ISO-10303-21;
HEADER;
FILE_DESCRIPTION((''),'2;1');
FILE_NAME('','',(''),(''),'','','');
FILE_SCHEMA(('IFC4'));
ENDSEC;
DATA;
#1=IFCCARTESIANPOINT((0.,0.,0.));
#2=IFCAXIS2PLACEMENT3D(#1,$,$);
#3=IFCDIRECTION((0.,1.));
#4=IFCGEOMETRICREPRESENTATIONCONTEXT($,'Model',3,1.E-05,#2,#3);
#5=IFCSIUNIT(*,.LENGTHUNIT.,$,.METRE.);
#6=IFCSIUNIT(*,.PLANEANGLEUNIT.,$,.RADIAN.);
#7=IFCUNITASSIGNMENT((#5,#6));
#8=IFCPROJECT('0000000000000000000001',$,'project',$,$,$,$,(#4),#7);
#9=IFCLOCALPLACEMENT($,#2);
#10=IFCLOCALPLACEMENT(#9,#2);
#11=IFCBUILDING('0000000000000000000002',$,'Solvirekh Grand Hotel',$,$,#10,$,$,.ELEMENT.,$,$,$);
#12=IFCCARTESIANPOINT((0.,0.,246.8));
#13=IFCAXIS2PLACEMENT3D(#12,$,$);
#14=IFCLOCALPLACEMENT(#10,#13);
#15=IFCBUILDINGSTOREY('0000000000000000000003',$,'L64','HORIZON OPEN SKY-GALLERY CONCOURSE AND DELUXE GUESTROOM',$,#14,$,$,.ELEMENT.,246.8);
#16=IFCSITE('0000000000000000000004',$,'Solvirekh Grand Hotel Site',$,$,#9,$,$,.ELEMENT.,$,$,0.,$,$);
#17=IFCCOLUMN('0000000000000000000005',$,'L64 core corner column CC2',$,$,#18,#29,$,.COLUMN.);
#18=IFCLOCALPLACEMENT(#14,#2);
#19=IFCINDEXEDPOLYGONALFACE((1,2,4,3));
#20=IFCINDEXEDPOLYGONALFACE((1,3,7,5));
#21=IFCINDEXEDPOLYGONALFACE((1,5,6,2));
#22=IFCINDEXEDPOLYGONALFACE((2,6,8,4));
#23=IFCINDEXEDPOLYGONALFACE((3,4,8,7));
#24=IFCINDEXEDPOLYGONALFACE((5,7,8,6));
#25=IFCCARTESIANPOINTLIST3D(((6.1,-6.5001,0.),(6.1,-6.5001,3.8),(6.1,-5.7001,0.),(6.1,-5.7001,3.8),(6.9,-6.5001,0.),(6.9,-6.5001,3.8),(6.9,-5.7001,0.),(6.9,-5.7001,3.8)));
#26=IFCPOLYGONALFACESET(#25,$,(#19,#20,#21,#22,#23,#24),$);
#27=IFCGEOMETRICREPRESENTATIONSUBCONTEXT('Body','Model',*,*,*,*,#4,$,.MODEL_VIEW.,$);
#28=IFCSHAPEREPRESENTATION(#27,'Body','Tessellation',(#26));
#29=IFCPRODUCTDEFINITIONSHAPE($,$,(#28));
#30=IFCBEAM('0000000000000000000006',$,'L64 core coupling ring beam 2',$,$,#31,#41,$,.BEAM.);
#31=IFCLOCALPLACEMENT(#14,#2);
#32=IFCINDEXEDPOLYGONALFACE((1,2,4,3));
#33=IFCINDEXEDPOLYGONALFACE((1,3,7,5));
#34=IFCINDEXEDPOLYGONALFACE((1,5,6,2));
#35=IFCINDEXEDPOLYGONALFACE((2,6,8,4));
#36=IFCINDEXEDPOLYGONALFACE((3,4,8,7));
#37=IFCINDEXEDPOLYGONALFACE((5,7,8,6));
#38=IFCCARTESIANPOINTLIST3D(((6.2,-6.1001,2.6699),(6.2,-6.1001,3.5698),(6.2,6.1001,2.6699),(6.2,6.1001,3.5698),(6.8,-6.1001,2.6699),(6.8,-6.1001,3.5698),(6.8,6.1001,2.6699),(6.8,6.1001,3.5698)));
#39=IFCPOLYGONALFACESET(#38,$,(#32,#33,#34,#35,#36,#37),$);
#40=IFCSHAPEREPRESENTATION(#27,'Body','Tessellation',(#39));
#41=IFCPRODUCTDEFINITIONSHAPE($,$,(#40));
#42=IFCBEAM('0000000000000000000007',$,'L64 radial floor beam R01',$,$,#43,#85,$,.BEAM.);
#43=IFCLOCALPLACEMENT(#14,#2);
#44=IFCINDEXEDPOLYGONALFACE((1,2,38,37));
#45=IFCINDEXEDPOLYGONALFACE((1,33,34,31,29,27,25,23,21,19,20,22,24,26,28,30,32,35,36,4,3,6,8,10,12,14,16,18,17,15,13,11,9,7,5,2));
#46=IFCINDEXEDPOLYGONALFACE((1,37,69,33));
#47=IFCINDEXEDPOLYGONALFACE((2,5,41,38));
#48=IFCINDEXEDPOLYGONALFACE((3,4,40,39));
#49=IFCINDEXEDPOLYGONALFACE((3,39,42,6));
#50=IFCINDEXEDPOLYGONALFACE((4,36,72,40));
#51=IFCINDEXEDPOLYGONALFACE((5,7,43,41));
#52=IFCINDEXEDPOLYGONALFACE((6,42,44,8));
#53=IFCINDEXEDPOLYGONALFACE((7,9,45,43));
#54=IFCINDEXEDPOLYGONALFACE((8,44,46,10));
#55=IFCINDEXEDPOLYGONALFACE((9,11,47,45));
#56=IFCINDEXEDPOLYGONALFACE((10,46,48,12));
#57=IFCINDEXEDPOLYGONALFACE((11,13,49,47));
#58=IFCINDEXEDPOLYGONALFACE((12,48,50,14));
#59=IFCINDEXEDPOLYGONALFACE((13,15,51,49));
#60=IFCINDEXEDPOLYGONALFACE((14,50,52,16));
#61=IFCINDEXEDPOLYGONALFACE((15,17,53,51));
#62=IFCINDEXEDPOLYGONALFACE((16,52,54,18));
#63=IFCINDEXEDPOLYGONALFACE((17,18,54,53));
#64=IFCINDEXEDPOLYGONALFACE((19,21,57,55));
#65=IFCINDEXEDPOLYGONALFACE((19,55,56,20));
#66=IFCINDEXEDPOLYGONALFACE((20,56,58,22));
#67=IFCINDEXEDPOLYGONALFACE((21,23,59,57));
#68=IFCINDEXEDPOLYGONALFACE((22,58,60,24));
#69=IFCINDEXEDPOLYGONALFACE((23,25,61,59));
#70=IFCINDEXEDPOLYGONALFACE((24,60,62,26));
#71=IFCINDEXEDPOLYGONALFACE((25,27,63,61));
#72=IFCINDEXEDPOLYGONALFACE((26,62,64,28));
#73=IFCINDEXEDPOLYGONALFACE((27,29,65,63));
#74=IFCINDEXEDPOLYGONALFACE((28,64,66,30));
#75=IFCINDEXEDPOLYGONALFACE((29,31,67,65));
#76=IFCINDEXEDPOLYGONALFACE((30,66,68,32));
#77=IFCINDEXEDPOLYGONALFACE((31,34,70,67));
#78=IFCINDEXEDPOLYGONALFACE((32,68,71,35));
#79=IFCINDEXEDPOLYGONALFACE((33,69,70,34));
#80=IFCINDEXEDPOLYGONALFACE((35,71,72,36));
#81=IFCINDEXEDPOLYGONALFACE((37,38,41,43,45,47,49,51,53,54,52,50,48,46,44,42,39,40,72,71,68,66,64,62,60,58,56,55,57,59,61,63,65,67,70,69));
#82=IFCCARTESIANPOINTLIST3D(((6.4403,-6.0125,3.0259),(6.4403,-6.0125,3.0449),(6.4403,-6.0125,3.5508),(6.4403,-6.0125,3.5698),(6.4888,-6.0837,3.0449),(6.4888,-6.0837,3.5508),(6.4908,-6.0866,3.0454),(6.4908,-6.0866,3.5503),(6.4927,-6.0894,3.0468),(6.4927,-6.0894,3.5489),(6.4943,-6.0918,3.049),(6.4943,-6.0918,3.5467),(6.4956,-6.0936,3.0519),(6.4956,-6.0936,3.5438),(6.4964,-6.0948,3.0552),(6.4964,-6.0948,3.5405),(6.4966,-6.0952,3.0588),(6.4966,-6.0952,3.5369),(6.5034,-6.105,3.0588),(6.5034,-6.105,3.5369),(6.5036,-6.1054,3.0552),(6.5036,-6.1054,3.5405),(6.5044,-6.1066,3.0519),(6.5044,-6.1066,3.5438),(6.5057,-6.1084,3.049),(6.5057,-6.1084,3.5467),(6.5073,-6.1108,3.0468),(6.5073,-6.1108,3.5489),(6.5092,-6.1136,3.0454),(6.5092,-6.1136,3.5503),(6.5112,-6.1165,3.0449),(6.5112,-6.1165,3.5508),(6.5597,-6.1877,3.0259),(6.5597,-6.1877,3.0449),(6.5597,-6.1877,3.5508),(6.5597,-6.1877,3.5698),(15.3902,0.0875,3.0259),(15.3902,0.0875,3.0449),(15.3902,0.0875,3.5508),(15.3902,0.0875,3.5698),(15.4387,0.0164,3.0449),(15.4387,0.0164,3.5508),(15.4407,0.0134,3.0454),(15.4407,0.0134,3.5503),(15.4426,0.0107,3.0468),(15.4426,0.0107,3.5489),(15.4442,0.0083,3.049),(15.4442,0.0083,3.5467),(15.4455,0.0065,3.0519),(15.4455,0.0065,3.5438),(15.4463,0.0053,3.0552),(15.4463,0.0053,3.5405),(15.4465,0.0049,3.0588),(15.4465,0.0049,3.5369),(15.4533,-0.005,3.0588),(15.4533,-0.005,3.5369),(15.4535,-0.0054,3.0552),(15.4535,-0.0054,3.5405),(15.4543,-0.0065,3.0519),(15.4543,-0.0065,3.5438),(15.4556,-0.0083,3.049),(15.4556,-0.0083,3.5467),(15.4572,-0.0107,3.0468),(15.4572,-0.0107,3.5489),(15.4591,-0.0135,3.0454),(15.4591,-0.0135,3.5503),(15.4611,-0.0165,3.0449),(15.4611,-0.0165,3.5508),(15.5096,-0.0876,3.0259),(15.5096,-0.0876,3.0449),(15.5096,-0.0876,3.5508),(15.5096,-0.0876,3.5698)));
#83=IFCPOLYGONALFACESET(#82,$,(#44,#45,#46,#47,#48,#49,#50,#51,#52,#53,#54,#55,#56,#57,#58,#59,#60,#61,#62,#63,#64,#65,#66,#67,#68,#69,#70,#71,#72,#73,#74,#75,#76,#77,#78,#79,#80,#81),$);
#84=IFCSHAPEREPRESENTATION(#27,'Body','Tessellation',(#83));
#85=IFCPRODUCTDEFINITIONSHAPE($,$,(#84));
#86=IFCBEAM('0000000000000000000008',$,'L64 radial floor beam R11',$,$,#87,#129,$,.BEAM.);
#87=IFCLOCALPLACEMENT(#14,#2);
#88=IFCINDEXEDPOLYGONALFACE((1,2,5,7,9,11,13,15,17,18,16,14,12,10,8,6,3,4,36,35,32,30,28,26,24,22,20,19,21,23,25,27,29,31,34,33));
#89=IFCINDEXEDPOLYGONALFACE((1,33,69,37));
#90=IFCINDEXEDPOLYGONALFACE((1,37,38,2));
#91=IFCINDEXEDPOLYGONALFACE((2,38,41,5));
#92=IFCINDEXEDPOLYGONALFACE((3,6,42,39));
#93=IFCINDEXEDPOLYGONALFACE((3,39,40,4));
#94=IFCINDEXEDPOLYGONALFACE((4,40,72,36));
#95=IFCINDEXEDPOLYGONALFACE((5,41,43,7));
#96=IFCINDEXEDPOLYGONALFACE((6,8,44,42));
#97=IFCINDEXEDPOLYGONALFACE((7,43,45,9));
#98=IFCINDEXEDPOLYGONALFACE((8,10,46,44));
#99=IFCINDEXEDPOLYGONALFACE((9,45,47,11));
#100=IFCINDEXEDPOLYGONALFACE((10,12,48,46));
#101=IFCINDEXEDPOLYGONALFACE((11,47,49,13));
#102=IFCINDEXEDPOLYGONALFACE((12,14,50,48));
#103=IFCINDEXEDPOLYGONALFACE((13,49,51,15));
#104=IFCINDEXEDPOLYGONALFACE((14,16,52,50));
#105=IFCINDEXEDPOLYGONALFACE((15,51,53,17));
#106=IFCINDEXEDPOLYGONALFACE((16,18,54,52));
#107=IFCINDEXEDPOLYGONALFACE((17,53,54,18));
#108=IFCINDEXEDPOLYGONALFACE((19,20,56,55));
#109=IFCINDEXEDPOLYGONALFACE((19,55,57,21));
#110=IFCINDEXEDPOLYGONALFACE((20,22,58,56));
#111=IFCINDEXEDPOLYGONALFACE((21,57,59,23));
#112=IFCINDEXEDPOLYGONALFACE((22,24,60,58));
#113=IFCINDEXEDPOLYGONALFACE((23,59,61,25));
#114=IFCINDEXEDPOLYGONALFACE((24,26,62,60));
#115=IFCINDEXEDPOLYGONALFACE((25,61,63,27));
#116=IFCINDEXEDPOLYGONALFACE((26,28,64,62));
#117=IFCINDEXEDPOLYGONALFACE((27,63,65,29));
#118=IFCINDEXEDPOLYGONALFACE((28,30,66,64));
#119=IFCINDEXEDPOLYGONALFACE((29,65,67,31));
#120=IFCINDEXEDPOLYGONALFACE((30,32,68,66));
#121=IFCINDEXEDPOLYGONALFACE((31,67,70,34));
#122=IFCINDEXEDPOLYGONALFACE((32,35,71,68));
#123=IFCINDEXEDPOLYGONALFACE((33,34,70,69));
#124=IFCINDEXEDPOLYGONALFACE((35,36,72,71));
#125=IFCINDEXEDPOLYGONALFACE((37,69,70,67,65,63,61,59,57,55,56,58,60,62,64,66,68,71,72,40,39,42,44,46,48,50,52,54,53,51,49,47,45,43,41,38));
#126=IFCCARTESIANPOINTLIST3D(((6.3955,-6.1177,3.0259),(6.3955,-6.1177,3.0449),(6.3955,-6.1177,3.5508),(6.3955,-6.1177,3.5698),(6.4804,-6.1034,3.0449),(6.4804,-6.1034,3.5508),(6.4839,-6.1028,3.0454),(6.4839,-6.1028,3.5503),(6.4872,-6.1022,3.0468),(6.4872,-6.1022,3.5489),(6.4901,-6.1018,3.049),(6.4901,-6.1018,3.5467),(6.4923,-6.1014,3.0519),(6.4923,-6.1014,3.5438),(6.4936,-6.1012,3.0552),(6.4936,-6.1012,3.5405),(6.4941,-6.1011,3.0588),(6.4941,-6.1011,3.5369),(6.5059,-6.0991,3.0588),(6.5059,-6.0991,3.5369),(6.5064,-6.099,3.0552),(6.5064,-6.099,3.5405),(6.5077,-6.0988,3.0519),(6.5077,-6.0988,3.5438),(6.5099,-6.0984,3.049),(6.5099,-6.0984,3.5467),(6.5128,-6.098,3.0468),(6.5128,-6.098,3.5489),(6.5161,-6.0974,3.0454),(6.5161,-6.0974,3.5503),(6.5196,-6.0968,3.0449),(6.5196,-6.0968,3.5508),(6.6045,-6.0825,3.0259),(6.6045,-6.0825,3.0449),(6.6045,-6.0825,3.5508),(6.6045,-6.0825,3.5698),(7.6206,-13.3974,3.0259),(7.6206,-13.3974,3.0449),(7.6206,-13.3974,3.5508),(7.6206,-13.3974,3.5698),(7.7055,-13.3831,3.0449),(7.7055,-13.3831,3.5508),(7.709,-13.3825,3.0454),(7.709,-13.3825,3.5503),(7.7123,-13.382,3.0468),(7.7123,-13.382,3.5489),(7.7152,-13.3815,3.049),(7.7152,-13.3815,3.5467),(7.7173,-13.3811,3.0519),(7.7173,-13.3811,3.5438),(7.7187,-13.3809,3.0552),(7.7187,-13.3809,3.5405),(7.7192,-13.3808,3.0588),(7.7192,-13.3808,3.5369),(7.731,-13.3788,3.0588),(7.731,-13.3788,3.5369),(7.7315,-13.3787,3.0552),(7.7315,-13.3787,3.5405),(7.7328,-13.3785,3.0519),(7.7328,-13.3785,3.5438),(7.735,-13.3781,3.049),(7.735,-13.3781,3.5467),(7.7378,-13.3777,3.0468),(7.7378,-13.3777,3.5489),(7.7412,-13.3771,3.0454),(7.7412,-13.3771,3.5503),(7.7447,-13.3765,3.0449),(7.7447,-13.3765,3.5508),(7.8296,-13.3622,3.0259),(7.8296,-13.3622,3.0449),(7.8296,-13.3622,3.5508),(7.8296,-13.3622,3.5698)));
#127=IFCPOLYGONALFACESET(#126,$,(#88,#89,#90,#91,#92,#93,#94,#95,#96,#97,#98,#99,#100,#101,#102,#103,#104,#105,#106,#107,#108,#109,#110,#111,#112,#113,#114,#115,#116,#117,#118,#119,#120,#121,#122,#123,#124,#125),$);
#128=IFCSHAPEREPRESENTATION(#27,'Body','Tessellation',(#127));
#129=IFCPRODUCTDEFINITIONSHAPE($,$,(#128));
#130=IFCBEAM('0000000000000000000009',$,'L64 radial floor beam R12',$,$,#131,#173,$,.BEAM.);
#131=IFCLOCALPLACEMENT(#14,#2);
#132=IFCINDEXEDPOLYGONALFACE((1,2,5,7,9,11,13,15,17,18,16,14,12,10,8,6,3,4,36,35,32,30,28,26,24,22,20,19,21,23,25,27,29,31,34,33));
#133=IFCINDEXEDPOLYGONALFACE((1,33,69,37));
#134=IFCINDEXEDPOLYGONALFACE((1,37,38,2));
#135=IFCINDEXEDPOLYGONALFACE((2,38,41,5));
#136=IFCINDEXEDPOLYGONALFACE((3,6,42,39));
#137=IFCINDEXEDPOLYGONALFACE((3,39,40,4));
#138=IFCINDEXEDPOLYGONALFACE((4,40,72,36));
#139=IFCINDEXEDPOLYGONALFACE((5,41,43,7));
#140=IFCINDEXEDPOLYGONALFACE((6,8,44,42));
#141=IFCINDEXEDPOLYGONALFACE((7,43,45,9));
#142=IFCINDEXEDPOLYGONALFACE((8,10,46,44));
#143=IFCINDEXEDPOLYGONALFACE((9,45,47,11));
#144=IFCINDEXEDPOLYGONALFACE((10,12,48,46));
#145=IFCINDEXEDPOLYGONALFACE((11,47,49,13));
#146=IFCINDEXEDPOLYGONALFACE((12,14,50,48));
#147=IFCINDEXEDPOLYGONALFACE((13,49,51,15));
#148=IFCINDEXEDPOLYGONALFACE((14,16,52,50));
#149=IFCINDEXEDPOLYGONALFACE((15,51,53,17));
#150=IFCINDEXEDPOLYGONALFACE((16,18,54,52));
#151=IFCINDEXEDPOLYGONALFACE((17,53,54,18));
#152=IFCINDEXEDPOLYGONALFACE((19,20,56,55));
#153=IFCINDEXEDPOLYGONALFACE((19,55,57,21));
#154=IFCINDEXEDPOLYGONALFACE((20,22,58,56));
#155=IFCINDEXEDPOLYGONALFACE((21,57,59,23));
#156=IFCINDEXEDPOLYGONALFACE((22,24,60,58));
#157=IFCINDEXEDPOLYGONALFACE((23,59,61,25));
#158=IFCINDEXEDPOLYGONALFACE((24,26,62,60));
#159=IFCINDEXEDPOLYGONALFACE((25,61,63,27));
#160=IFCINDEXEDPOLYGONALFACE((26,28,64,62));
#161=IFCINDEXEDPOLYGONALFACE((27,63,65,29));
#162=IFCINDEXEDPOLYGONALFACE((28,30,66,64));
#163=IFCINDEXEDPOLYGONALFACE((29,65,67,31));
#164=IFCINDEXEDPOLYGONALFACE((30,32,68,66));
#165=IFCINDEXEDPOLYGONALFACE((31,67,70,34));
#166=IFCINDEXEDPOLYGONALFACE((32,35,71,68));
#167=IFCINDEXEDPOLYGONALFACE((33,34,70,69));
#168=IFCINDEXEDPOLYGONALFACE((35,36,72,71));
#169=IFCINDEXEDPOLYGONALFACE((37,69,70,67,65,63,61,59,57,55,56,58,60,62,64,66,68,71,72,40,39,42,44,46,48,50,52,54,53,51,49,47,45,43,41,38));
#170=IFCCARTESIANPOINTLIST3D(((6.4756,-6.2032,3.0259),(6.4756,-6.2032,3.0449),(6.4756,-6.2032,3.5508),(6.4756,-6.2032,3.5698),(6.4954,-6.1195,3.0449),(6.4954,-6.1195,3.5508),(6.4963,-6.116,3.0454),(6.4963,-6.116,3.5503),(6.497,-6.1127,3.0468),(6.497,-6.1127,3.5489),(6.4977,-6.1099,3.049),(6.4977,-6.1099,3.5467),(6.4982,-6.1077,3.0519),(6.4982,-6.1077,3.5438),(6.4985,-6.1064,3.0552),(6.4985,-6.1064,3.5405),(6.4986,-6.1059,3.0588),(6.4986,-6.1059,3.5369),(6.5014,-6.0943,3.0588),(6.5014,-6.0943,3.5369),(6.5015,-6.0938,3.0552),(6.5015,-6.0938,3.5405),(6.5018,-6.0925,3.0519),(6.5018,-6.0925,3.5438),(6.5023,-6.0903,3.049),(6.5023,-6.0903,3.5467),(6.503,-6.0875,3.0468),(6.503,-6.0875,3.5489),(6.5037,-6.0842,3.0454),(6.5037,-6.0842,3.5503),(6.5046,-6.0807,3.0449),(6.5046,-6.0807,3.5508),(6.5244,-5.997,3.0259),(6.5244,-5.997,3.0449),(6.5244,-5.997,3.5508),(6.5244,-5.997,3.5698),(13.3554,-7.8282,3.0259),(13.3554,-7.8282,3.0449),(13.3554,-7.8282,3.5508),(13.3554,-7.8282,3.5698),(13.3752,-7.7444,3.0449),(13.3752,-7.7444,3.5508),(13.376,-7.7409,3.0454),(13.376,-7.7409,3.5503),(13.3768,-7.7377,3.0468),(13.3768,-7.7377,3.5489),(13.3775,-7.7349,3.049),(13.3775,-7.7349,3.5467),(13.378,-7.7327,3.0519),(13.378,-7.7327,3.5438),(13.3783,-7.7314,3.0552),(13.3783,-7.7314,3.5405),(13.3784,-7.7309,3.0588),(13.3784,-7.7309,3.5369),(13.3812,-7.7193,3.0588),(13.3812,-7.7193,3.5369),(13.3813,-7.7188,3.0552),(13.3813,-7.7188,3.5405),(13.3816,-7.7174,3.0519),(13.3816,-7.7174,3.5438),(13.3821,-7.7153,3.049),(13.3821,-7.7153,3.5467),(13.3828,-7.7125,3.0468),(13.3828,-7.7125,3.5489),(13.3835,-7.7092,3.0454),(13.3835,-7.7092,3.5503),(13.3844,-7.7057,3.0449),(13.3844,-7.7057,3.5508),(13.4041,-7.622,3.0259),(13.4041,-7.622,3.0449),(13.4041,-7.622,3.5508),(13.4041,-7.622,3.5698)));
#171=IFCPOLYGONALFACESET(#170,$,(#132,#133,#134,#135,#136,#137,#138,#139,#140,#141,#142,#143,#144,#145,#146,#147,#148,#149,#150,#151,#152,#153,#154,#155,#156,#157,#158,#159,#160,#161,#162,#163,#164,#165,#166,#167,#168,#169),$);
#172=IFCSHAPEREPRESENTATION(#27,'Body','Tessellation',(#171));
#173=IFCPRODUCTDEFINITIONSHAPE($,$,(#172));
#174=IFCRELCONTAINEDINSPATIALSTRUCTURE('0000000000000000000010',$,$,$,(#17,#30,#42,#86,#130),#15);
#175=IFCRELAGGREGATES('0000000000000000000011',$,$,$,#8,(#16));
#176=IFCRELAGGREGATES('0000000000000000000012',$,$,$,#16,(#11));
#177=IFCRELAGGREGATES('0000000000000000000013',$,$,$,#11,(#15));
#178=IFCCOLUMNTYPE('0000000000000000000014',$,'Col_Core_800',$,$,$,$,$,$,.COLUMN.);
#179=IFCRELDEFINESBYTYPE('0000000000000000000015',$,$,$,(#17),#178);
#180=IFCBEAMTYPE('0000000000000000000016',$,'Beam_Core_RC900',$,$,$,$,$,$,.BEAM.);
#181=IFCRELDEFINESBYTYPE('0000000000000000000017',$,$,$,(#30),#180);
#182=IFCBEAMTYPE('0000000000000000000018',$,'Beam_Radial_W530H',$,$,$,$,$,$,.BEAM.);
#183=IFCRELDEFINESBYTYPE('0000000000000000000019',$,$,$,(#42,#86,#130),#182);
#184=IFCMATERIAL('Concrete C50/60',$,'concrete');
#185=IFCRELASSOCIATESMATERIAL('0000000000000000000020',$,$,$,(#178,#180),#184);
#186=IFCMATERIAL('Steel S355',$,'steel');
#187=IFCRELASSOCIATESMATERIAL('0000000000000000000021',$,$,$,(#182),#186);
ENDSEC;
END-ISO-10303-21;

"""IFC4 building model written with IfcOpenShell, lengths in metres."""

from ifc_helpers import new_model, si_unit, direction, frame, origin, origin_2d, place, context, subcontext, project, spatial, rectangle, i_section, extrude, material, material_profile, profile_set, type_object, element, save


model = new_model("IFC4")

# Units and contexts
model_context = context("Model", 3, precision=1e-05, world=origin(), true_north=direction((0.0, 1.0)))
body_context = subcontext(model_context, "Body", "Model", "MODEL_VIEW")
ifc_project = project(units=[si_unit("LENGTHUNIT", "METRE"), si_unit("PLANEANGLEUNIT", "RADIAN")], contexts=[model_context])

# Site, building, storey
site_placement = place(None, origin())
site = spatial("IfcSite", under=ifc_project, at=site_placement, Name="Solvirekh Grand Hotel Site", CompositionType="ELEMENT", RefElevation=0.0)
building_placement = place(site_placement, origin())
building = spatial("IfcBuilding", under=site, at=building_placement, Name="Solvirekh Grand Hotel", CompositionType="ELEMENT")
storey_placement = place(building_placement, frame((0.0, 0.0, 246.8)))
storey = spatial("IfcBuildingStorey", under=building, at=storey_placement, Name="L64", Description="HORIZON OPEN SKY-GALLERY CONCOURSE AND DELUXE GUESTROOM", CompositionType="ELEMENT", Elevation=246.8)

# Column
ifc_material_1 = material(Name="Concrete C50/60", Category="concrete")
ifc_material_profile_1 = material_profile(ifc_material_1, rectangle(XDim=0.8, YDim=0.8, at=origin_2d()), Name="RC 800X800")
ifc_profile_set_1 = profile_set([ifc_material_profile_1], Name="Concrete C50/60")
column_type = type_object("IfcColumnType", Name="Col_Core_800", PredefinedType="COLUMN", material=ifc_profile_set_1)
column_placement = place(storey_placement, frame((6.5, -6.1001, 0.0), z_axis=(0.0, 0.0, 1.0), x_axis=(1.0, 0.0, 0.0)))
element("IfcColumn", 1, at=column_placement, inside=storey, type_object=column_type, Name="L64 core corner column CC2", PredefinedType="COLUMN", context=body_context, shape_type="SweptSolid", body=[
    extrude(rectangle(XDim=0.8, YDim=0.8, at=origin_2d()), origin(), (0.0, 0.0, 1.0), 3.8),
])

# Beams
ifc_material_profile_2 = material_profile(ifc_material_1, rectangle(XDim=0.6001, YDim=0.8999, at=origin_2d()), Name="RC BEAM 600X900")
ifc_profile_set_2 = profile_set([ifc_material_profile_2], Name="Concrete C50/60")
beam_type_1 = type_object("IfcBeamType", Name="Beam_Core_RC900", PredefinedType="BEAM", material=ifc_profile_set_2)
beam_1_placement = place(storey_placement, frame((6.5, -6.1001, 3.1199), z_axis=(0.0, 1.0, 0.0), x_axis=(-1.0, 0.0, 0.0)))
element("IfcBeam", 2, at=beam_1_placement, inside=storey, type_object=beam_type_1, Name="L64 core coupling ring beam 2", PredefinedType="BEAM", context=body_context, shape_type="SweptSolid", body=[
    extrude(rectangle(XDim=0.6001, YDim=0.8999, at=origin_2d()), origin(), (0.0, 0.0, 1.0), 12.2002),
])
ifc_material_2 = material(Name="Steel S355", Category="steel")
ifc_material_profile_3 = material_profile(ifc_material_2, i_section(OverallWidth=0.2119, OverallDepth=0.5439, WebThickness=0.012, FlangeThickness=0.019, FilletRadius=0.0139, at=origin_2d()), Name="W530X123")
ifc_profile_set_3 = profile_set([ifc_material_profile_3], Name="Steel S355")
beam_type_2 = type_object("IfcBeamType", Name="Beam_Radial_W530H", PredefinedType="BEAM", material=ifc_profile_set_3)
beam_2_placement = place(storey_placement, frame((6.5, -6.1001, 3.2979), z_axis=(0.826319, 0.563202, 0.0), x_axis=(-0.563202, 0.826319, 0.0)))
element("IfcBeam", 3, at=beam_2_placement, inside=storey, type_object=beam_type_2, Name="L64 radial floor beam R01", PredefinedType="BEAM", context=body_context, shape_type="SweptSolid", body=[
    extrude(i_section(OverallWidth=0.2119, OverallDepth=0.5439, WebThickness=0.012, FlangeThickness=0.019, FilletRadius=0.0139, at=origin_2d()), origin(), (0.0, 0.0, 1.0), 10.8311),
])
beam_3_placement = place(storey_placement, frame((6.5, -6.1001, 3.2979), z_axis=(0.165954, -0.986133, 0.0), x_axis=(0.986133, 0.165954, 0.0)))
element("IfcBeam", 4, at=beam_3_placement, inside=storey, type_object=beam_type_2, Name="L64 radial floor beam R11", PredefinedType="BEAM", context=body_context, shape_type="SweptSolid", body=[
    extrude(i_section(OverallWidth=0.2119, OverallDepth=0.5439, WebThickness=0.012, FlangeThickness=0.019, FilletRadius=0.0139, at=origin_2d()), origin(), (0.0, 0.0, 1.0), 7.3821),
])
beam_4_placement = place(storey_placement, frame((6.5, -6.1001, 3.2979), z_axis=(0.973221, -0.229871, 0.0), x_axis=(0.229871, 0.973221, 0.0)))
element("IfcBeam", 5, at=beam_4_placement, inside=storey, type_object=beam_type_2, Name="L64 radial floor beam R12", PredefinedType="BEAM", context=body_context, shape_type="SweptSolid", body=[
    extrude(i_section(OverallWidth=0.2119, OverallDepth=0.5439, WebThickness=0.012, FlangeThickness=0.019, FilletRadius=0.0139, at=origin_2d()), origin(), (0.0, 0.0, 1.0), 7.0691),
])

save(model, "model.ifc")
